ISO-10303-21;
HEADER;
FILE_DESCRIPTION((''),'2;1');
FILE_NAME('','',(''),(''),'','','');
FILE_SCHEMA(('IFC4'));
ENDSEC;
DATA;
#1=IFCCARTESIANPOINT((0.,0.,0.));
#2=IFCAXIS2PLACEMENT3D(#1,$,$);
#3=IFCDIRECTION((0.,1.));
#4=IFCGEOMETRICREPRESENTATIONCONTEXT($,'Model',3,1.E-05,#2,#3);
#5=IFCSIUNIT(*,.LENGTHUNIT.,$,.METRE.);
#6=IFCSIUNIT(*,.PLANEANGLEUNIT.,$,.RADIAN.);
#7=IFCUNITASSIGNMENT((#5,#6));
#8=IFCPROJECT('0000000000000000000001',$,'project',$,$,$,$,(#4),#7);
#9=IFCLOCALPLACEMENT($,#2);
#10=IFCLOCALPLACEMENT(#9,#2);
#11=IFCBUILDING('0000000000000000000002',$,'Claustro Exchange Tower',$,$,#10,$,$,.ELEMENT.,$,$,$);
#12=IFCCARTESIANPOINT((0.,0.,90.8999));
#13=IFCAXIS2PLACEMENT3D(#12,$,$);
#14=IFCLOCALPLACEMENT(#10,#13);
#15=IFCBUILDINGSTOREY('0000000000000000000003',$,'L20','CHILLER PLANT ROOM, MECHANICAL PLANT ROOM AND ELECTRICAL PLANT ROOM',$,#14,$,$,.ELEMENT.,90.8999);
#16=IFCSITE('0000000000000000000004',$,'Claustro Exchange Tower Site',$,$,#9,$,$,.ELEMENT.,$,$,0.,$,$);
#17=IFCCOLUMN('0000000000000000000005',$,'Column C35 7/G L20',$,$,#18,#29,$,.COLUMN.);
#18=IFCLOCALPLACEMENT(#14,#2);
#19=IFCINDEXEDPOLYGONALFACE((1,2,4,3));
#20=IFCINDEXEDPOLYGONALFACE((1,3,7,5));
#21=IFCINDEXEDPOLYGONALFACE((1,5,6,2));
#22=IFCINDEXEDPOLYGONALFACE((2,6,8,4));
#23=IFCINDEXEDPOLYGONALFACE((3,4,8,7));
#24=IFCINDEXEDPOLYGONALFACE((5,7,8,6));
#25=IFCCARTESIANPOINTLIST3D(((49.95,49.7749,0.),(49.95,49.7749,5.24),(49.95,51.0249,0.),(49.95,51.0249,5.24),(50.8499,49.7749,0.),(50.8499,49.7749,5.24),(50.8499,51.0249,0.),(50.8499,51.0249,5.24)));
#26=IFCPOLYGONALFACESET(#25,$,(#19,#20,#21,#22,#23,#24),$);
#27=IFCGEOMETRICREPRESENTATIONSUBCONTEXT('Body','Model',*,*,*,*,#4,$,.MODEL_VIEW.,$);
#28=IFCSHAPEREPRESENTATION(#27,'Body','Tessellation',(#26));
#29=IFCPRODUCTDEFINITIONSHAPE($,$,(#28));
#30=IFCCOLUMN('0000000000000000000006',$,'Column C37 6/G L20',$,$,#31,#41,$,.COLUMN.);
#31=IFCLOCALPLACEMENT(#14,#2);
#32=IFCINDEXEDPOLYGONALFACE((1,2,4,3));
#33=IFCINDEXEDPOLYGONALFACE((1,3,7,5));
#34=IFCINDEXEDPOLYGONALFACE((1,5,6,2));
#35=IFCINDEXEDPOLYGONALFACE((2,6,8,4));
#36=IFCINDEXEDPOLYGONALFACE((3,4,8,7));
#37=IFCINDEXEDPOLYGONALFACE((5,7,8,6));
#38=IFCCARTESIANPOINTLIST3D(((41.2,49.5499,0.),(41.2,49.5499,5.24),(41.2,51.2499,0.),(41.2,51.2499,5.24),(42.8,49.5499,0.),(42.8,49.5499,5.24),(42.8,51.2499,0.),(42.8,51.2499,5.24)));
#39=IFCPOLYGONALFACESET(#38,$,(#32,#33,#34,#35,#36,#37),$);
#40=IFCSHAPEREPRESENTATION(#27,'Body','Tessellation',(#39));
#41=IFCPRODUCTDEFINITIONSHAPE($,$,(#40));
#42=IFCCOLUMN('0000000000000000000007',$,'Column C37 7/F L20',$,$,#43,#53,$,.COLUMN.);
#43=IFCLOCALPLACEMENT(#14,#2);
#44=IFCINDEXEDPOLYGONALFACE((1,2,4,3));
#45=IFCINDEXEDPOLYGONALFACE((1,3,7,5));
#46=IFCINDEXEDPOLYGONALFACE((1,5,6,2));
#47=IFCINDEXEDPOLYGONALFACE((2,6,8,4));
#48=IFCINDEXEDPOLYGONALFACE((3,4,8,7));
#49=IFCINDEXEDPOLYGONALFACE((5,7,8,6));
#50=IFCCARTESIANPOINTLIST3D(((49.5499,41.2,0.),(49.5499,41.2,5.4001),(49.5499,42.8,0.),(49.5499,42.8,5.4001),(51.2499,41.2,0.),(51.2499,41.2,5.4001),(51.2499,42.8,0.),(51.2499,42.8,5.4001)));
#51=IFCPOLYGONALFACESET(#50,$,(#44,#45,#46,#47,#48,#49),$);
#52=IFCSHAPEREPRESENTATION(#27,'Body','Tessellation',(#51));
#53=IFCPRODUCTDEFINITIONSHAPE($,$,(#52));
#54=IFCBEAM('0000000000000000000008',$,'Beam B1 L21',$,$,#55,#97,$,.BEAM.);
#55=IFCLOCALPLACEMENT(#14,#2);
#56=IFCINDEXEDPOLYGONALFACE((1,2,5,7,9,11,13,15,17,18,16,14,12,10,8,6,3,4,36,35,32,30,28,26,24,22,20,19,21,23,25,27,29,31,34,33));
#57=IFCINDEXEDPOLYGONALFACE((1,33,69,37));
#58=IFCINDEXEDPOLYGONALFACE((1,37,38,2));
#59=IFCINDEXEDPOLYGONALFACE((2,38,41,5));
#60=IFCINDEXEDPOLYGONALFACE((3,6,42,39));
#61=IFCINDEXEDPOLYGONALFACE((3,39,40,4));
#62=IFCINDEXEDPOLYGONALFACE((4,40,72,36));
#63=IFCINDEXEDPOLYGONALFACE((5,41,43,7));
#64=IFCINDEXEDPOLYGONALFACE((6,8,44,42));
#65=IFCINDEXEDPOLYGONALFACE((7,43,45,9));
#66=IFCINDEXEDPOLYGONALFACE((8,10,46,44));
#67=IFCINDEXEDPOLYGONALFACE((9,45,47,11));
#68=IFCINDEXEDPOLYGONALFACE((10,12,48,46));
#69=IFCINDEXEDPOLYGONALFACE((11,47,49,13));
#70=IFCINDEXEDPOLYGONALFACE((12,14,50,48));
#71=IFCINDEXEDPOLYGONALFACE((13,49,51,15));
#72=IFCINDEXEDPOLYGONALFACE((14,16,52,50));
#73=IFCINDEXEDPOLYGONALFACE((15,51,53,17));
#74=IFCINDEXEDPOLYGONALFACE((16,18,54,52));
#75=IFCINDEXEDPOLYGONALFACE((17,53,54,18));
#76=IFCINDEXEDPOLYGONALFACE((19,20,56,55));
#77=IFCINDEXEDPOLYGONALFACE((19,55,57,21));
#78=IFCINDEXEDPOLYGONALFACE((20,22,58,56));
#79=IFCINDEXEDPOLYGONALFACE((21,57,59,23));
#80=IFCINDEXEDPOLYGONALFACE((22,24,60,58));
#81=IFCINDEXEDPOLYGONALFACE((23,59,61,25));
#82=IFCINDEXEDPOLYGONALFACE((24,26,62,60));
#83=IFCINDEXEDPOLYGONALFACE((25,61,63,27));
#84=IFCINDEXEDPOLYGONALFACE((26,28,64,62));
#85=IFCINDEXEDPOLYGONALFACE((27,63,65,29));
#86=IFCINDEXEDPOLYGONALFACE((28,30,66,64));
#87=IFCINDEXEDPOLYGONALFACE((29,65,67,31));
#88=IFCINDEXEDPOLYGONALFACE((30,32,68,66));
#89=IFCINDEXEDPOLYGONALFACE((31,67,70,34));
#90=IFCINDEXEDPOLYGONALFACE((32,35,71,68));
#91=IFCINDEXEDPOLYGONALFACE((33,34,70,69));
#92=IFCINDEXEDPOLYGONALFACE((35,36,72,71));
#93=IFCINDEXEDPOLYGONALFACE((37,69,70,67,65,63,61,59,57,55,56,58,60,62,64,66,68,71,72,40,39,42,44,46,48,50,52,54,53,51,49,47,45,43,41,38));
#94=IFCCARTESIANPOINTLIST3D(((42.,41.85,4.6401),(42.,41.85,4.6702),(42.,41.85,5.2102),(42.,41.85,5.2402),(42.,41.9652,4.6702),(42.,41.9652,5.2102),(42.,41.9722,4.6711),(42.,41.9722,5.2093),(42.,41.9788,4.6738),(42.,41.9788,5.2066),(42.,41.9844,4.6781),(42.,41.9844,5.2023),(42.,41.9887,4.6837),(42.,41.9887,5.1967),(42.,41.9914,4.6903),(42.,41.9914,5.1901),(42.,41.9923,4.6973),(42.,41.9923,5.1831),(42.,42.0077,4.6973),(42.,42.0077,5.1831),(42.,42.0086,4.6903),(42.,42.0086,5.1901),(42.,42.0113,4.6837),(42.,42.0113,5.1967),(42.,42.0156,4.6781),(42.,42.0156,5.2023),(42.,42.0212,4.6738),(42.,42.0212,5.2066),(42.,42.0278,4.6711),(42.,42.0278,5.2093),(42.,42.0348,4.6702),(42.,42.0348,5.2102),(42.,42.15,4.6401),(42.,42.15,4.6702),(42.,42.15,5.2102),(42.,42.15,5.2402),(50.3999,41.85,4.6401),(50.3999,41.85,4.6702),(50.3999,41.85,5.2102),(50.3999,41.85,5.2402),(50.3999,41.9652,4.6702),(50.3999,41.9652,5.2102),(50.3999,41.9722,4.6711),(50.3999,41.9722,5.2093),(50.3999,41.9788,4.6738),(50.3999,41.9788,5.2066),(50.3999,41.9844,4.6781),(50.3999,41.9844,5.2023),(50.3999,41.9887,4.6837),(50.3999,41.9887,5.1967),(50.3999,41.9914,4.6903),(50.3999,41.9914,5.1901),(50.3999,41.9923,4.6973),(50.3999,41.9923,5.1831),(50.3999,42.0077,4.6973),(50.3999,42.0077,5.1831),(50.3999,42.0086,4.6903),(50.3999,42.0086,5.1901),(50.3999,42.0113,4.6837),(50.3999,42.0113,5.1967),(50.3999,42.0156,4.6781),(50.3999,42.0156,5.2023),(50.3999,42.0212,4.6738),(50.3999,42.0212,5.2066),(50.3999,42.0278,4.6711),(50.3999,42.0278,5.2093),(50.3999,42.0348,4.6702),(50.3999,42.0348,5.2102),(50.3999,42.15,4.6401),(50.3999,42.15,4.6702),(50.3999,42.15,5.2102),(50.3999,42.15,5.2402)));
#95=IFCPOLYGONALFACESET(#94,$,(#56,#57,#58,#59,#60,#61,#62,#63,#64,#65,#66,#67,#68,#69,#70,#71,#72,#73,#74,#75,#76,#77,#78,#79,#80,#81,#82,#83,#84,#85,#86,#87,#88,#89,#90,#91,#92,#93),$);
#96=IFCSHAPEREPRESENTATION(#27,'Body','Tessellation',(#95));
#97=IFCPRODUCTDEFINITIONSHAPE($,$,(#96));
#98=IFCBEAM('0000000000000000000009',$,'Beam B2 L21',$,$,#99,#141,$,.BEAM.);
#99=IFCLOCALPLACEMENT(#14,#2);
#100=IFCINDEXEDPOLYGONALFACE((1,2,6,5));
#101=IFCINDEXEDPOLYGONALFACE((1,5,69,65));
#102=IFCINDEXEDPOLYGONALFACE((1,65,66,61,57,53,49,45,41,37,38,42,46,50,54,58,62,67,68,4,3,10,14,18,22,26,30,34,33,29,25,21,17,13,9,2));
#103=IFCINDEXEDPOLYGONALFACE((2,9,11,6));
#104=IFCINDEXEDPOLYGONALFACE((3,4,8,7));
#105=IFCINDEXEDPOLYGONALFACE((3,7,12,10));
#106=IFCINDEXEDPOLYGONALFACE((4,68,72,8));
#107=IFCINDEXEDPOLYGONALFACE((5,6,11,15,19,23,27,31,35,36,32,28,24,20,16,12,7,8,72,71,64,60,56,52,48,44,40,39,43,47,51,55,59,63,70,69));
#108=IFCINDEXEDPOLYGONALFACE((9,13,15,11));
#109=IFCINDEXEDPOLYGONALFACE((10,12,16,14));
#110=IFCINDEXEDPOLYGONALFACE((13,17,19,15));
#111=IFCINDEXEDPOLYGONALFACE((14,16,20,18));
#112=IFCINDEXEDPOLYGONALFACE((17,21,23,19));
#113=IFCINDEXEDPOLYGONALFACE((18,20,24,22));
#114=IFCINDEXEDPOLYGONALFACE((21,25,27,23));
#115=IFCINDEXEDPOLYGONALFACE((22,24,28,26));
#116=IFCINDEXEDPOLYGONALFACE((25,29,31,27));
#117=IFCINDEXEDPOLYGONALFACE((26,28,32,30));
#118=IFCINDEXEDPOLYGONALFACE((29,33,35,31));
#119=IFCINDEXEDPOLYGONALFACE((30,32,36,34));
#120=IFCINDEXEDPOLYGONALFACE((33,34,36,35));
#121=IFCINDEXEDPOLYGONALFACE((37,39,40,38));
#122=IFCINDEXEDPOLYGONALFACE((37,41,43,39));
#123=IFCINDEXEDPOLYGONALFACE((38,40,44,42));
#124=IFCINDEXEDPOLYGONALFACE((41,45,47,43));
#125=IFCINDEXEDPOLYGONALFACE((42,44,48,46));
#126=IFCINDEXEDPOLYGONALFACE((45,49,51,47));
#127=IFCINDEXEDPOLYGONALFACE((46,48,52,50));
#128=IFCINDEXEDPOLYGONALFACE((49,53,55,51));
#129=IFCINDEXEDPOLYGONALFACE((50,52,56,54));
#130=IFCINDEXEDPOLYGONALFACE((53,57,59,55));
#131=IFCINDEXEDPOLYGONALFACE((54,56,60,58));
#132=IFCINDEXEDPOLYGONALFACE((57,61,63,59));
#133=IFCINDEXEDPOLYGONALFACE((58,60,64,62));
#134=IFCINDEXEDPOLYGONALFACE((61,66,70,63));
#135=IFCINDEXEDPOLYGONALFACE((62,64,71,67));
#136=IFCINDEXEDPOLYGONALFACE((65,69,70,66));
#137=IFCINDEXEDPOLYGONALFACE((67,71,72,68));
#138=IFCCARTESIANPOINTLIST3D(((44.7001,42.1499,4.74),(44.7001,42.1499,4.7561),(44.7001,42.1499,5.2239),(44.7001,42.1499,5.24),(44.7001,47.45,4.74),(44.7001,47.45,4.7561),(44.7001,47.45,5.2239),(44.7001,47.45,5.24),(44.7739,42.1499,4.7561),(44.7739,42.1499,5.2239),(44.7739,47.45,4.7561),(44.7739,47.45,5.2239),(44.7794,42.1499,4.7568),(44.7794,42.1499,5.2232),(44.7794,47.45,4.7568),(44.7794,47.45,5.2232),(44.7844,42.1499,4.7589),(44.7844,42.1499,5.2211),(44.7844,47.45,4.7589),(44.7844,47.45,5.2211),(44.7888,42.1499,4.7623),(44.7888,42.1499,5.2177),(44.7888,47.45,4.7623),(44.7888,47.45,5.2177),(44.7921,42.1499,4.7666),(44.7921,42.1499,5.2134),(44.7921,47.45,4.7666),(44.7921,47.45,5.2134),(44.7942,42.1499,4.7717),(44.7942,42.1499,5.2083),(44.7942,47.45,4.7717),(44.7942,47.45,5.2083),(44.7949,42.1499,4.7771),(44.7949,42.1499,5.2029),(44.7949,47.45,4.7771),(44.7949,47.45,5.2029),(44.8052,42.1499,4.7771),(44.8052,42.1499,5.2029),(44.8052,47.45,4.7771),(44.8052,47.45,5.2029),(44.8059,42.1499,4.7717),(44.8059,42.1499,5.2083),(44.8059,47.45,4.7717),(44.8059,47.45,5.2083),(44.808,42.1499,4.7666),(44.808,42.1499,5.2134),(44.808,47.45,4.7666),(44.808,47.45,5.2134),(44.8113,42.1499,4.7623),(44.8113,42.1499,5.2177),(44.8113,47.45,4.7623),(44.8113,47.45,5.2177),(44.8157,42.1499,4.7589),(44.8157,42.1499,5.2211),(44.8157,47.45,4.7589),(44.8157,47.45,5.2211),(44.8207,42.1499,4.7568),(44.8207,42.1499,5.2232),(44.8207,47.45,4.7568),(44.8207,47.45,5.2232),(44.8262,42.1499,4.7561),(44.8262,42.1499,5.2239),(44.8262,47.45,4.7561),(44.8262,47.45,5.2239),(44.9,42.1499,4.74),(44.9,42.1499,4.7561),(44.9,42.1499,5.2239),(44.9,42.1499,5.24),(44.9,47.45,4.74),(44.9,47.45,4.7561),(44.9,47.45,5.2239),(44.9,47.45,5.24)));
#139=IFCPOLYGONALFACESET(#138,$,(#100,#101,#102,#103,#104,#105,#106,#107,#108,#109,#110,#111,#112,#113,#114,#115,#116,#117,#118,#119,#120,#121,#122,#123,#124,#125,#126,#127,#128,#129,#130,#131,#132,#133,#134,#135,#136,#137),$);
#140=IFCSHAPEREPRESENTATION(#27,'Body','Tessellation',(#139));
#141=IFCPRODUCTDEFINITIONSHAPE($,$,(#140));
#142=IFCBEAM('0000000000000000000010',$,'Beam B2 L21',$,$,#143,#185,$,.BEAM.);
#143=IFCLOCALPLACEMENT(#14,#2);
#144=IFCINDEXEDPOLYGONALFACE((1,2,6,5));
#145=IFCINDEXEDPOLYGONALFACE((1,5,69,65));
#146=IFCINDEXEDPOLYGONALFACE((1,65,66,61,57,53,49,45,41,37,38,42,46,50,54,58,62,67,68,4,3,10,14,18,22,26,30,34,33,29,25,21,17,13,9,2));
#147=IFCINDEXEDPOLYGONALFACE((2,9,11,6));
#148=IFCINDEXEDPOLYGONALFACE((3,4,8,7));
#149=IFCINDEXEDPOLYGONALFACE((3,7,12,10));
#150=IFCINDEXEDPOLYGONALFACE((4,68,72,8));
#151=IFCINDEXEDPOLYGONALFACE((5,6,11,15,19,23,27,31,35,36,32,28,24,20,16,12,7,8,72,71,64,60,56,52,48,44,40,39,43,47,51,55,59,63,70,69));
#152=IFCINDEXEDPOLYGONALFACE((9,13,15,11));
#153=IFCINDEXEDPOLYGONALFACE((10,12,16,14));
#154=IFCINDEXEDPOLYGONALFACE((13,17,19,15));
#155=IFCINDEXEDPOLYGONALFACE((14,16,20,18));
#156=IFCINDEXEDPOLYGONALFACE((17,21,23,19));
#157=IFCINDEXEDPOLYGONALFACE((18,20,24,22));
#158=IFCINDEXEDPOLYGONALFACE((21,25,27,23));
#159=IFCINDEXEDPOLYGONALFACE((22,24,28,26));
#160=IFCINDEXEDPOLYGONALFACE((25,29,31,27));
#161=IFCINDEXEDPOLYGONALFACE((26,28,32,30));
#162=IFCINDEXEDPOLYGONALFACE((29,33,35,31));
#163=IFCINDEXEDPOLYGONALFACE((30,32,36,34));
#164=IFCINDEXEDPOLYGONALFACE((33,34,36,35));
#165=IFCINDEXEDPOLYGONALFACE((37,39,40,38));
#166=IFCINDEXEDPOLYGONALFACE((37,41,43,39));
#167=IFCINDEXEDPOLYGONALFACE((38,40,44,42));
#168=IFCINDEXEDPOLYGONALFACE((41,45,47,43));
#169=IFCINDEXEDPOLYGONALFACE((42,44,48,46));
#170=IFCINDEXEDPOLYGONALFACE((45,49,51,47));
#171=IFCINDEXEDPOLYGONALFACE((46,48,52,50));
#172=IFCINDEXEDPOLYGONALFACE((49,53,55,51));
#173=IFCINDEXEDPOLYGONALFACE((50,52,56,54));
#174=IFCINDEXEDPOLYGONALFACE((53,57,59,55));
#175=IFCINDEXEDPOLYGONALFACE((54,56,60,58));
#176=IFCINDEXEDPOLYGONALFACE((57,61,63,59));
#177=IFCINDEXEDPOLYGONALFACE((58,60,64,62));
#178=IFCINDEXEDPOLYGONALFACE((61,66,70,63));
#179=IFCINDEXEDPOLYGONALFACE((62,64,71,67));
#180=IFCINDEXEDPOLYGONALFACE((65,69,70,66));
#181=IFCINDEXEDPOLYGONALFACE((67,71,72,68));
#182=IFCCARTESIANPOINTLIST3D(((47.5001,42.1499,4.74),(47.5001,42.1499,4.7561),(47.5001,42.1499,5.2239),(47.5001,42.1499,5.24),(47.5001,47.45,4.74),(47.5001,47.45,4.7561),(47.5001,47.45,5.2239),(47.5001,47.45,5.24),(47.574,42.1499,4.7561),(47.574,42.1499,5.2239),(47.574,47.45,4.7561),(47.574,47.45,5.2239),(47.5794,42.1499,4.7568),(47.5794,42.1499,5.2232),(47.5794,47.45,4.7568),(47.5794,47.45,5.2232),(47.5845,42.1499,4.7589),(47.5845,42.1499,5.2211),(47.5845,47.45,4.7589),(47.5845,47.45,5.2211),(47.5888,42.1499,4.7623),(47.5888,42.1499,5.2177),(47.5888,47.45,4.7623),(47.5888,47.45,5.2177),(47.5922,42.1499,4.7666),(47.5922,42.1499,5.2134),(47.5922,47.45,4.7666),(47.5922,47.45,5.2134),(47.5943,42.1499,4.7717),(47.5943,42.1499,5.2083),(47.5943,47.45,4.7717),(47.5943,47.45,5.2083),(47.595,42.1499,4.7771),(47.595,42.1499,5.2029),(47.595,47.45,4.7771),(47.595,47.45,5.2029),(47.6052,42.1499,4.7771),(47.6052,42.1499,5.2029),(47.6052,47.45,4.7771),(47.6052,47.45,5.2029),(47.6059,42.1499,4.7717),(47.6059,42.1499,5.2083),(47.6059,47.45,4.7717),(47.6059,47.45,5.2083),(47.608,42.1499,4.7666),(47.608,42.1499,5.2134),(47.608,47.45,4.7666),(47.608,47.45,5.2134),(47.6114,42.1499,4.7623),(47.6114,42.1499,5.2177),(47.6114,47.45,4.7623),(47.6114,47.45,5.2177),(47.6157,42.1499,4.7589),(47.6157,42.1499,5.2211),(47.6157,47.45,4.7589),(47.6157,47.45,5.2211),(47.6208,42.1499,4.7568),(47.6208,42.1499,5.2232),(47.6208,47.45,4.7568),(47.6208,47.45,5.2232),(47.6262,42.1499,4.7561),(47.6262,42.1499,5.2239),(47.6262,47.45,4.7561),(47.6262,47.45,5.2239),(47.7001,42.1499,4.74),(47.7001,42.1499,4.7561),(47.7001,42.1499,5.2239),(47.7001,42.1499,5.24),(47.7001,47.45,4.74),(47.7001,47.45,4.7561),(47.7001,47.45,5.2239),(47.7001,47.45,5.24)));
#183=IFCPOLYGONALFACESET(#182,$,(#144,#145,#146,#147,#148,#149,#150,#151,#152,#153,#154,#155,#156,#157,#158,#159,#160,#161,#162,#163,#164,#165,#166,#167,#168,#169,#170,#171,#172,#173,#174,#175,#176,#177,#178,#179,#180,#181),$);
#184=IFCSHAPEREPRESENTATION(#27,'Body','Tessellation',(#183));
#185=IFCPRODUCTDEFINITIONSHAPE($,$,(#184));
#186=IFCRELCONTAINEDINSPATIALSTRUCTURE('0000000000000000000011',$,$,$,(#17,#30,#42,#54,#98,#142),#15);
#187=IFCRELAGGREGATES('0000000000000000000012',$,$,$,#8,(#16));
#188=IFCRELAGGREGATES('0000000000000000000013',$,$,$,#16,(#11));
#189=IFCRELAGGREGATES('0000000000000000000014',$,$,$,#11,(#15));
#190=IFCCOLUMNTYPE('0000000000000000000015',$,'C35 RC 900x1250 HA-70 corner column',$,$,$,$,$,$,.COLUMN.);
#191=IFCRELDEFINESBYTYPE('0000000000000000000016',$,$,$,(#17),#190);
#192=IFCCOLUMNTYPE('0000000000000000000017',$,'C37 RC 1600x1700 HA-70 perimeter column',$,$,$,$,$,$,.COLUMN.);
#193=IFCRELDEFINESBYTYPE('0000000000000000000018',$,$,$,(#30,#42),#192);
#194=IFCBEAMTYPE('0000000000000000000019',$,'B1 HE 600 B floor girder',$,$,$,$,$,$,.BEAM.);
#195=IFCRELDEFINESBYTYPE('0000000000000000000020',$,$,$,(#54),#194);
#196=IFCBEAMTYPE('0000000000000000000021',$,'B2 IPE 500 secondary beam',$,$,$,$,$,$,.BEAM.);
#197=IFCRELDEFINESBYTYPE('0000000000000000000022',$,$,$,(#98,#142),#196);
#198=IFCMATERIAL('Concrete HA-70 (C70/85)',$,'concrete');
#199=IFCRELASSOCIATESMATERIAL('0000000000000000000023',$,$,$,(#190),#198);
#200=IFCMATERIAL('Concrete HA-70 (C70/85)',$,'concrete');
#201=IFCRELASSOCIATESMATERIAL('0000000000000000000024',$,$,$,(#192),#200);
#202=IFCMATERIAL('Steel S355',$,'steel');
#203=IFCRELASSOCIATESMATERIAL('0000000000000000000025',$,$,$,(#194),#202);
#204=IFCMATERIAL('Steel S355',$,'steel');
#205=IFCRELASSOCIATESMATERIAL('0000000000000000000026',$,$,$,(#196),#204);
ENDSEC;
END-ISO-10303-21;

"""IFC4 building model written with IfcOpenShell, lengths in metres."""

from ifc_helpers import new_model, si_unit, direction, frame, origin, origin_2d, place, context, subcontext, project, spatial, rectangle, i_section, extrude, material, material_profile, profile_set, type_object, element, save


model = new_model("IFC4")

# Units and contexts
model_context = context("Model", 3, precision=1e-05, world=origin(), true_north=direction((0.0, 1.0)))
body_context = subcontext(model_context, "Body", "Model", "MODEL_VIEW")
ifc_project = project(units=[si_unit("LENGTHUNIT", "METRE"), si_unit("PLANEANGLEUNIT", "RADIAN")], contexts=[model_context])

# Site, building, storey
site_placement = place(None, origin())
site = spatial("IfcSite", under=ifc_project, at=site_placement, Name="Claustro Exchange Tower Site", CompositionType="ELEMENT", RefElevation=0.0)
building_placement = place(site_placement, origin())
building = spatial("IfcBuilding", under=site, at=building_placement, Name="Claustro Exchange Tower", CompositionType="ELEMENT")
storey_placement = place(building_placement, frame((0.0, 0.0, 90.8999)))
storey = spatial("IfcBuildingStorey", under=building, at=storey_placement, Name="L20", Description="CHILLER PLANT ROOM, MECHANICAL PLANT ROOM AND ELECTRICAL PLANT ROOM", CompositionType="ELEMENT", Elevation=90.8999)

# Columns
ifc_material_1 = material(Name="Concrete HA-70 (C70/85)", Category="concrete")
ifc_material_profile_1 = material_profile(ifc_material_1, rectangle(XDim=0.8999, YDim=1.25, at=origin_2d()), Name="RC 900x1250")
ifc_profile_set_1 = profile_set([ifc_material_profile_1], Name="Concrete HA-70 (C70/85)")
column_type_1 = type_object("IfcColumnType", Name="C35 RC 900x1250 HA-70 corner column", PredefinedType="COLUMN", material=ifc_profile_set_1)
column_1_placement = place(storey_placement, frame((50.3999, 50.3999, 0.0), z_axis=(0.0, 0.0, 1.0), x_axis=(1.0, 0.0, 0.0)))
element("IfcColumn", 1, at=column_1_placement, inside=storey, type_object=column_type_1, Name="Column C35 7/G L20", PredefinedType="COLUMN", context=body_context, shape_type="SweptSolid", body=[
    extrude(rectangle(XDim=0.8999, YDim=1.25, at=origin_2d()), origin(), (0.0, 0.0, 1.0), 5.24),
])
ifc_material_2 = material(Name="Concrete HA-70 (C70/85)", Category="concrete")
ifc_material_profile_2 = material_profile(ifc_material_2, rectangle(XDim=1.6001, YDim=1.7, at=origin_2d()), Name="RC 1600x1700")
ifc_profile_set_2 = profile_set([ifc_material_profile_2], Name="Concrete HA-70 (C70/85)")
column_type_2 = type_object("IfcColumnType", Name="C37 RC 1600x1700 HA-70 perimeter column", PredefinedType="COLUMN", material=ifc_profile_set_2)
column_2_placement = place(storey_placement, frame((42.0, 50.3999, 0.0), z_axis=(0.0, 0.0, 1.0), x_axis=(1.0, 0.0, 0.0)))
element("IfcColumn", 2, at=column_2_placement, inside=storey, type_object=column_type_2, Name="Column C37 6/G L20", PredefinedType="COLUMN", context=body_context, shape_type="SweptSolid", body=[
    extrude(rectangle(XDim=1.6001, YDim=1.7, at=origin_2d()), origin(), (0.0, 0.0, 1.0), 5.24),
])
column_3_placement = place(storey_placement, frame((50.3999, 42.0, 0.0), z_axis=(0.0, 0.0, 1.0), x_axis=(0.0, 1.0, 0.0)))
element("IfcColumn", 3, at=column_3_placement, inside=storey, type_object=column_type_2, Name="Column C37 7/F L20", PredefinedType="COLUMN", context=body_context, shape_type="SweptSolid", body=[
    extrude(rectangle(XDim=1.6001, YDim=1.7, at=origin_2d()), origin(), (0.0, 0.0, 1.0), 5.4001),
])

# Beams
ifc_material_3 = material(Name="Steel S355", Category="steel")
ifc_material_profile_3 = material_profile(ifc_material_3, i_section(OverallWidth=0.3, OverallDepth=0.6001, WebThickness=0.0154, FlangeThickness=0.03, FilletRadius=0.0271, at=origin_2d()), Name="HE 600 B")
ifc_profile_set_3 = profile_set([ifc_material_profile_3], Name="Steel S355")
beam_type_1 = type_object("IfcBeamType", Name="B1 HE 600 B floor girder", PredefinedType="BEAM", material=ifc_profile_set_3)
beam_1_placement = place(storey_placement, frame((42.0, 42.0, 4.9402), z_axis=(1.0, 0.0, 0.0), x_axis=(0.0, 1.0, 0.0)))
element("IfcBeam", 4, at=beam_1_placement, inside=storey, type_object=beam_type_1, Name="Beam B1 L21", PredefinedType="BEAM", context=body_context, shape_type="SweptSolid", body=[
    extrude(i_section(OverallWidth=0.3, OverallDepth=0.6001, WebThickness=0.0154, FlangeThickness=0.03, FilletRadius=0.0271, at=origin_2d()), origin(), (0.0, 0.0, 1.0), 8.3999),
])
ifc_material_4 = material(Name="Steel S355", Category="steel")
ifc_material_profile_4 = material_profile(ifc_material_4, i_section(OverallWidth=0.2, OverallDepth=0.5, WebThickness=0.0103, FlangeThickness=0.0161, FilletRadius=0.021, at=origin_2d()), Name="IPE 500")
ifc_profile_set_4 = profile_set([ifc_material_profile_4], Name="Steel S355")
beam_type_2 = type_object("IfcBeamType", Name="B2 IPE 500 secondary beam", PredefinedType="BEAM", material=ifc_profile_set_4)
for number, where, z_axis, x_axis, name in (
    (5, (44.8, 42.1499, 4.99), (0.0, 1.0, 0.0), (-1.0, 0.0, 0.0), "Beam B2 L21"),
    (6, (47.6001, 42.1499, 4.99), (0.0, 1.0, 0.0), (-1.0, 0.0, 0.0), "Beam B2 L21"),
):
    element("IfcBeam", number, at=place(storey_placement, frame(where, z_axis=z_axis, x_axis=x_axis)), inside=storey, type_object=beam_type_2, Name=name, PredefinedType="BEAM", context=body_context, shape_type="SweptSolid", body=[
        extrude(i_section(OverallWidth=0.2, OverallDepth=0.5, WebThickness=0.0103, FlangeThickness=0.0161, FilletRadius=0.021, at=origin_2d()), origin(), (0.0, 0.0, 1.0), 5.3),
    ])

save(model, "model.ifc")
